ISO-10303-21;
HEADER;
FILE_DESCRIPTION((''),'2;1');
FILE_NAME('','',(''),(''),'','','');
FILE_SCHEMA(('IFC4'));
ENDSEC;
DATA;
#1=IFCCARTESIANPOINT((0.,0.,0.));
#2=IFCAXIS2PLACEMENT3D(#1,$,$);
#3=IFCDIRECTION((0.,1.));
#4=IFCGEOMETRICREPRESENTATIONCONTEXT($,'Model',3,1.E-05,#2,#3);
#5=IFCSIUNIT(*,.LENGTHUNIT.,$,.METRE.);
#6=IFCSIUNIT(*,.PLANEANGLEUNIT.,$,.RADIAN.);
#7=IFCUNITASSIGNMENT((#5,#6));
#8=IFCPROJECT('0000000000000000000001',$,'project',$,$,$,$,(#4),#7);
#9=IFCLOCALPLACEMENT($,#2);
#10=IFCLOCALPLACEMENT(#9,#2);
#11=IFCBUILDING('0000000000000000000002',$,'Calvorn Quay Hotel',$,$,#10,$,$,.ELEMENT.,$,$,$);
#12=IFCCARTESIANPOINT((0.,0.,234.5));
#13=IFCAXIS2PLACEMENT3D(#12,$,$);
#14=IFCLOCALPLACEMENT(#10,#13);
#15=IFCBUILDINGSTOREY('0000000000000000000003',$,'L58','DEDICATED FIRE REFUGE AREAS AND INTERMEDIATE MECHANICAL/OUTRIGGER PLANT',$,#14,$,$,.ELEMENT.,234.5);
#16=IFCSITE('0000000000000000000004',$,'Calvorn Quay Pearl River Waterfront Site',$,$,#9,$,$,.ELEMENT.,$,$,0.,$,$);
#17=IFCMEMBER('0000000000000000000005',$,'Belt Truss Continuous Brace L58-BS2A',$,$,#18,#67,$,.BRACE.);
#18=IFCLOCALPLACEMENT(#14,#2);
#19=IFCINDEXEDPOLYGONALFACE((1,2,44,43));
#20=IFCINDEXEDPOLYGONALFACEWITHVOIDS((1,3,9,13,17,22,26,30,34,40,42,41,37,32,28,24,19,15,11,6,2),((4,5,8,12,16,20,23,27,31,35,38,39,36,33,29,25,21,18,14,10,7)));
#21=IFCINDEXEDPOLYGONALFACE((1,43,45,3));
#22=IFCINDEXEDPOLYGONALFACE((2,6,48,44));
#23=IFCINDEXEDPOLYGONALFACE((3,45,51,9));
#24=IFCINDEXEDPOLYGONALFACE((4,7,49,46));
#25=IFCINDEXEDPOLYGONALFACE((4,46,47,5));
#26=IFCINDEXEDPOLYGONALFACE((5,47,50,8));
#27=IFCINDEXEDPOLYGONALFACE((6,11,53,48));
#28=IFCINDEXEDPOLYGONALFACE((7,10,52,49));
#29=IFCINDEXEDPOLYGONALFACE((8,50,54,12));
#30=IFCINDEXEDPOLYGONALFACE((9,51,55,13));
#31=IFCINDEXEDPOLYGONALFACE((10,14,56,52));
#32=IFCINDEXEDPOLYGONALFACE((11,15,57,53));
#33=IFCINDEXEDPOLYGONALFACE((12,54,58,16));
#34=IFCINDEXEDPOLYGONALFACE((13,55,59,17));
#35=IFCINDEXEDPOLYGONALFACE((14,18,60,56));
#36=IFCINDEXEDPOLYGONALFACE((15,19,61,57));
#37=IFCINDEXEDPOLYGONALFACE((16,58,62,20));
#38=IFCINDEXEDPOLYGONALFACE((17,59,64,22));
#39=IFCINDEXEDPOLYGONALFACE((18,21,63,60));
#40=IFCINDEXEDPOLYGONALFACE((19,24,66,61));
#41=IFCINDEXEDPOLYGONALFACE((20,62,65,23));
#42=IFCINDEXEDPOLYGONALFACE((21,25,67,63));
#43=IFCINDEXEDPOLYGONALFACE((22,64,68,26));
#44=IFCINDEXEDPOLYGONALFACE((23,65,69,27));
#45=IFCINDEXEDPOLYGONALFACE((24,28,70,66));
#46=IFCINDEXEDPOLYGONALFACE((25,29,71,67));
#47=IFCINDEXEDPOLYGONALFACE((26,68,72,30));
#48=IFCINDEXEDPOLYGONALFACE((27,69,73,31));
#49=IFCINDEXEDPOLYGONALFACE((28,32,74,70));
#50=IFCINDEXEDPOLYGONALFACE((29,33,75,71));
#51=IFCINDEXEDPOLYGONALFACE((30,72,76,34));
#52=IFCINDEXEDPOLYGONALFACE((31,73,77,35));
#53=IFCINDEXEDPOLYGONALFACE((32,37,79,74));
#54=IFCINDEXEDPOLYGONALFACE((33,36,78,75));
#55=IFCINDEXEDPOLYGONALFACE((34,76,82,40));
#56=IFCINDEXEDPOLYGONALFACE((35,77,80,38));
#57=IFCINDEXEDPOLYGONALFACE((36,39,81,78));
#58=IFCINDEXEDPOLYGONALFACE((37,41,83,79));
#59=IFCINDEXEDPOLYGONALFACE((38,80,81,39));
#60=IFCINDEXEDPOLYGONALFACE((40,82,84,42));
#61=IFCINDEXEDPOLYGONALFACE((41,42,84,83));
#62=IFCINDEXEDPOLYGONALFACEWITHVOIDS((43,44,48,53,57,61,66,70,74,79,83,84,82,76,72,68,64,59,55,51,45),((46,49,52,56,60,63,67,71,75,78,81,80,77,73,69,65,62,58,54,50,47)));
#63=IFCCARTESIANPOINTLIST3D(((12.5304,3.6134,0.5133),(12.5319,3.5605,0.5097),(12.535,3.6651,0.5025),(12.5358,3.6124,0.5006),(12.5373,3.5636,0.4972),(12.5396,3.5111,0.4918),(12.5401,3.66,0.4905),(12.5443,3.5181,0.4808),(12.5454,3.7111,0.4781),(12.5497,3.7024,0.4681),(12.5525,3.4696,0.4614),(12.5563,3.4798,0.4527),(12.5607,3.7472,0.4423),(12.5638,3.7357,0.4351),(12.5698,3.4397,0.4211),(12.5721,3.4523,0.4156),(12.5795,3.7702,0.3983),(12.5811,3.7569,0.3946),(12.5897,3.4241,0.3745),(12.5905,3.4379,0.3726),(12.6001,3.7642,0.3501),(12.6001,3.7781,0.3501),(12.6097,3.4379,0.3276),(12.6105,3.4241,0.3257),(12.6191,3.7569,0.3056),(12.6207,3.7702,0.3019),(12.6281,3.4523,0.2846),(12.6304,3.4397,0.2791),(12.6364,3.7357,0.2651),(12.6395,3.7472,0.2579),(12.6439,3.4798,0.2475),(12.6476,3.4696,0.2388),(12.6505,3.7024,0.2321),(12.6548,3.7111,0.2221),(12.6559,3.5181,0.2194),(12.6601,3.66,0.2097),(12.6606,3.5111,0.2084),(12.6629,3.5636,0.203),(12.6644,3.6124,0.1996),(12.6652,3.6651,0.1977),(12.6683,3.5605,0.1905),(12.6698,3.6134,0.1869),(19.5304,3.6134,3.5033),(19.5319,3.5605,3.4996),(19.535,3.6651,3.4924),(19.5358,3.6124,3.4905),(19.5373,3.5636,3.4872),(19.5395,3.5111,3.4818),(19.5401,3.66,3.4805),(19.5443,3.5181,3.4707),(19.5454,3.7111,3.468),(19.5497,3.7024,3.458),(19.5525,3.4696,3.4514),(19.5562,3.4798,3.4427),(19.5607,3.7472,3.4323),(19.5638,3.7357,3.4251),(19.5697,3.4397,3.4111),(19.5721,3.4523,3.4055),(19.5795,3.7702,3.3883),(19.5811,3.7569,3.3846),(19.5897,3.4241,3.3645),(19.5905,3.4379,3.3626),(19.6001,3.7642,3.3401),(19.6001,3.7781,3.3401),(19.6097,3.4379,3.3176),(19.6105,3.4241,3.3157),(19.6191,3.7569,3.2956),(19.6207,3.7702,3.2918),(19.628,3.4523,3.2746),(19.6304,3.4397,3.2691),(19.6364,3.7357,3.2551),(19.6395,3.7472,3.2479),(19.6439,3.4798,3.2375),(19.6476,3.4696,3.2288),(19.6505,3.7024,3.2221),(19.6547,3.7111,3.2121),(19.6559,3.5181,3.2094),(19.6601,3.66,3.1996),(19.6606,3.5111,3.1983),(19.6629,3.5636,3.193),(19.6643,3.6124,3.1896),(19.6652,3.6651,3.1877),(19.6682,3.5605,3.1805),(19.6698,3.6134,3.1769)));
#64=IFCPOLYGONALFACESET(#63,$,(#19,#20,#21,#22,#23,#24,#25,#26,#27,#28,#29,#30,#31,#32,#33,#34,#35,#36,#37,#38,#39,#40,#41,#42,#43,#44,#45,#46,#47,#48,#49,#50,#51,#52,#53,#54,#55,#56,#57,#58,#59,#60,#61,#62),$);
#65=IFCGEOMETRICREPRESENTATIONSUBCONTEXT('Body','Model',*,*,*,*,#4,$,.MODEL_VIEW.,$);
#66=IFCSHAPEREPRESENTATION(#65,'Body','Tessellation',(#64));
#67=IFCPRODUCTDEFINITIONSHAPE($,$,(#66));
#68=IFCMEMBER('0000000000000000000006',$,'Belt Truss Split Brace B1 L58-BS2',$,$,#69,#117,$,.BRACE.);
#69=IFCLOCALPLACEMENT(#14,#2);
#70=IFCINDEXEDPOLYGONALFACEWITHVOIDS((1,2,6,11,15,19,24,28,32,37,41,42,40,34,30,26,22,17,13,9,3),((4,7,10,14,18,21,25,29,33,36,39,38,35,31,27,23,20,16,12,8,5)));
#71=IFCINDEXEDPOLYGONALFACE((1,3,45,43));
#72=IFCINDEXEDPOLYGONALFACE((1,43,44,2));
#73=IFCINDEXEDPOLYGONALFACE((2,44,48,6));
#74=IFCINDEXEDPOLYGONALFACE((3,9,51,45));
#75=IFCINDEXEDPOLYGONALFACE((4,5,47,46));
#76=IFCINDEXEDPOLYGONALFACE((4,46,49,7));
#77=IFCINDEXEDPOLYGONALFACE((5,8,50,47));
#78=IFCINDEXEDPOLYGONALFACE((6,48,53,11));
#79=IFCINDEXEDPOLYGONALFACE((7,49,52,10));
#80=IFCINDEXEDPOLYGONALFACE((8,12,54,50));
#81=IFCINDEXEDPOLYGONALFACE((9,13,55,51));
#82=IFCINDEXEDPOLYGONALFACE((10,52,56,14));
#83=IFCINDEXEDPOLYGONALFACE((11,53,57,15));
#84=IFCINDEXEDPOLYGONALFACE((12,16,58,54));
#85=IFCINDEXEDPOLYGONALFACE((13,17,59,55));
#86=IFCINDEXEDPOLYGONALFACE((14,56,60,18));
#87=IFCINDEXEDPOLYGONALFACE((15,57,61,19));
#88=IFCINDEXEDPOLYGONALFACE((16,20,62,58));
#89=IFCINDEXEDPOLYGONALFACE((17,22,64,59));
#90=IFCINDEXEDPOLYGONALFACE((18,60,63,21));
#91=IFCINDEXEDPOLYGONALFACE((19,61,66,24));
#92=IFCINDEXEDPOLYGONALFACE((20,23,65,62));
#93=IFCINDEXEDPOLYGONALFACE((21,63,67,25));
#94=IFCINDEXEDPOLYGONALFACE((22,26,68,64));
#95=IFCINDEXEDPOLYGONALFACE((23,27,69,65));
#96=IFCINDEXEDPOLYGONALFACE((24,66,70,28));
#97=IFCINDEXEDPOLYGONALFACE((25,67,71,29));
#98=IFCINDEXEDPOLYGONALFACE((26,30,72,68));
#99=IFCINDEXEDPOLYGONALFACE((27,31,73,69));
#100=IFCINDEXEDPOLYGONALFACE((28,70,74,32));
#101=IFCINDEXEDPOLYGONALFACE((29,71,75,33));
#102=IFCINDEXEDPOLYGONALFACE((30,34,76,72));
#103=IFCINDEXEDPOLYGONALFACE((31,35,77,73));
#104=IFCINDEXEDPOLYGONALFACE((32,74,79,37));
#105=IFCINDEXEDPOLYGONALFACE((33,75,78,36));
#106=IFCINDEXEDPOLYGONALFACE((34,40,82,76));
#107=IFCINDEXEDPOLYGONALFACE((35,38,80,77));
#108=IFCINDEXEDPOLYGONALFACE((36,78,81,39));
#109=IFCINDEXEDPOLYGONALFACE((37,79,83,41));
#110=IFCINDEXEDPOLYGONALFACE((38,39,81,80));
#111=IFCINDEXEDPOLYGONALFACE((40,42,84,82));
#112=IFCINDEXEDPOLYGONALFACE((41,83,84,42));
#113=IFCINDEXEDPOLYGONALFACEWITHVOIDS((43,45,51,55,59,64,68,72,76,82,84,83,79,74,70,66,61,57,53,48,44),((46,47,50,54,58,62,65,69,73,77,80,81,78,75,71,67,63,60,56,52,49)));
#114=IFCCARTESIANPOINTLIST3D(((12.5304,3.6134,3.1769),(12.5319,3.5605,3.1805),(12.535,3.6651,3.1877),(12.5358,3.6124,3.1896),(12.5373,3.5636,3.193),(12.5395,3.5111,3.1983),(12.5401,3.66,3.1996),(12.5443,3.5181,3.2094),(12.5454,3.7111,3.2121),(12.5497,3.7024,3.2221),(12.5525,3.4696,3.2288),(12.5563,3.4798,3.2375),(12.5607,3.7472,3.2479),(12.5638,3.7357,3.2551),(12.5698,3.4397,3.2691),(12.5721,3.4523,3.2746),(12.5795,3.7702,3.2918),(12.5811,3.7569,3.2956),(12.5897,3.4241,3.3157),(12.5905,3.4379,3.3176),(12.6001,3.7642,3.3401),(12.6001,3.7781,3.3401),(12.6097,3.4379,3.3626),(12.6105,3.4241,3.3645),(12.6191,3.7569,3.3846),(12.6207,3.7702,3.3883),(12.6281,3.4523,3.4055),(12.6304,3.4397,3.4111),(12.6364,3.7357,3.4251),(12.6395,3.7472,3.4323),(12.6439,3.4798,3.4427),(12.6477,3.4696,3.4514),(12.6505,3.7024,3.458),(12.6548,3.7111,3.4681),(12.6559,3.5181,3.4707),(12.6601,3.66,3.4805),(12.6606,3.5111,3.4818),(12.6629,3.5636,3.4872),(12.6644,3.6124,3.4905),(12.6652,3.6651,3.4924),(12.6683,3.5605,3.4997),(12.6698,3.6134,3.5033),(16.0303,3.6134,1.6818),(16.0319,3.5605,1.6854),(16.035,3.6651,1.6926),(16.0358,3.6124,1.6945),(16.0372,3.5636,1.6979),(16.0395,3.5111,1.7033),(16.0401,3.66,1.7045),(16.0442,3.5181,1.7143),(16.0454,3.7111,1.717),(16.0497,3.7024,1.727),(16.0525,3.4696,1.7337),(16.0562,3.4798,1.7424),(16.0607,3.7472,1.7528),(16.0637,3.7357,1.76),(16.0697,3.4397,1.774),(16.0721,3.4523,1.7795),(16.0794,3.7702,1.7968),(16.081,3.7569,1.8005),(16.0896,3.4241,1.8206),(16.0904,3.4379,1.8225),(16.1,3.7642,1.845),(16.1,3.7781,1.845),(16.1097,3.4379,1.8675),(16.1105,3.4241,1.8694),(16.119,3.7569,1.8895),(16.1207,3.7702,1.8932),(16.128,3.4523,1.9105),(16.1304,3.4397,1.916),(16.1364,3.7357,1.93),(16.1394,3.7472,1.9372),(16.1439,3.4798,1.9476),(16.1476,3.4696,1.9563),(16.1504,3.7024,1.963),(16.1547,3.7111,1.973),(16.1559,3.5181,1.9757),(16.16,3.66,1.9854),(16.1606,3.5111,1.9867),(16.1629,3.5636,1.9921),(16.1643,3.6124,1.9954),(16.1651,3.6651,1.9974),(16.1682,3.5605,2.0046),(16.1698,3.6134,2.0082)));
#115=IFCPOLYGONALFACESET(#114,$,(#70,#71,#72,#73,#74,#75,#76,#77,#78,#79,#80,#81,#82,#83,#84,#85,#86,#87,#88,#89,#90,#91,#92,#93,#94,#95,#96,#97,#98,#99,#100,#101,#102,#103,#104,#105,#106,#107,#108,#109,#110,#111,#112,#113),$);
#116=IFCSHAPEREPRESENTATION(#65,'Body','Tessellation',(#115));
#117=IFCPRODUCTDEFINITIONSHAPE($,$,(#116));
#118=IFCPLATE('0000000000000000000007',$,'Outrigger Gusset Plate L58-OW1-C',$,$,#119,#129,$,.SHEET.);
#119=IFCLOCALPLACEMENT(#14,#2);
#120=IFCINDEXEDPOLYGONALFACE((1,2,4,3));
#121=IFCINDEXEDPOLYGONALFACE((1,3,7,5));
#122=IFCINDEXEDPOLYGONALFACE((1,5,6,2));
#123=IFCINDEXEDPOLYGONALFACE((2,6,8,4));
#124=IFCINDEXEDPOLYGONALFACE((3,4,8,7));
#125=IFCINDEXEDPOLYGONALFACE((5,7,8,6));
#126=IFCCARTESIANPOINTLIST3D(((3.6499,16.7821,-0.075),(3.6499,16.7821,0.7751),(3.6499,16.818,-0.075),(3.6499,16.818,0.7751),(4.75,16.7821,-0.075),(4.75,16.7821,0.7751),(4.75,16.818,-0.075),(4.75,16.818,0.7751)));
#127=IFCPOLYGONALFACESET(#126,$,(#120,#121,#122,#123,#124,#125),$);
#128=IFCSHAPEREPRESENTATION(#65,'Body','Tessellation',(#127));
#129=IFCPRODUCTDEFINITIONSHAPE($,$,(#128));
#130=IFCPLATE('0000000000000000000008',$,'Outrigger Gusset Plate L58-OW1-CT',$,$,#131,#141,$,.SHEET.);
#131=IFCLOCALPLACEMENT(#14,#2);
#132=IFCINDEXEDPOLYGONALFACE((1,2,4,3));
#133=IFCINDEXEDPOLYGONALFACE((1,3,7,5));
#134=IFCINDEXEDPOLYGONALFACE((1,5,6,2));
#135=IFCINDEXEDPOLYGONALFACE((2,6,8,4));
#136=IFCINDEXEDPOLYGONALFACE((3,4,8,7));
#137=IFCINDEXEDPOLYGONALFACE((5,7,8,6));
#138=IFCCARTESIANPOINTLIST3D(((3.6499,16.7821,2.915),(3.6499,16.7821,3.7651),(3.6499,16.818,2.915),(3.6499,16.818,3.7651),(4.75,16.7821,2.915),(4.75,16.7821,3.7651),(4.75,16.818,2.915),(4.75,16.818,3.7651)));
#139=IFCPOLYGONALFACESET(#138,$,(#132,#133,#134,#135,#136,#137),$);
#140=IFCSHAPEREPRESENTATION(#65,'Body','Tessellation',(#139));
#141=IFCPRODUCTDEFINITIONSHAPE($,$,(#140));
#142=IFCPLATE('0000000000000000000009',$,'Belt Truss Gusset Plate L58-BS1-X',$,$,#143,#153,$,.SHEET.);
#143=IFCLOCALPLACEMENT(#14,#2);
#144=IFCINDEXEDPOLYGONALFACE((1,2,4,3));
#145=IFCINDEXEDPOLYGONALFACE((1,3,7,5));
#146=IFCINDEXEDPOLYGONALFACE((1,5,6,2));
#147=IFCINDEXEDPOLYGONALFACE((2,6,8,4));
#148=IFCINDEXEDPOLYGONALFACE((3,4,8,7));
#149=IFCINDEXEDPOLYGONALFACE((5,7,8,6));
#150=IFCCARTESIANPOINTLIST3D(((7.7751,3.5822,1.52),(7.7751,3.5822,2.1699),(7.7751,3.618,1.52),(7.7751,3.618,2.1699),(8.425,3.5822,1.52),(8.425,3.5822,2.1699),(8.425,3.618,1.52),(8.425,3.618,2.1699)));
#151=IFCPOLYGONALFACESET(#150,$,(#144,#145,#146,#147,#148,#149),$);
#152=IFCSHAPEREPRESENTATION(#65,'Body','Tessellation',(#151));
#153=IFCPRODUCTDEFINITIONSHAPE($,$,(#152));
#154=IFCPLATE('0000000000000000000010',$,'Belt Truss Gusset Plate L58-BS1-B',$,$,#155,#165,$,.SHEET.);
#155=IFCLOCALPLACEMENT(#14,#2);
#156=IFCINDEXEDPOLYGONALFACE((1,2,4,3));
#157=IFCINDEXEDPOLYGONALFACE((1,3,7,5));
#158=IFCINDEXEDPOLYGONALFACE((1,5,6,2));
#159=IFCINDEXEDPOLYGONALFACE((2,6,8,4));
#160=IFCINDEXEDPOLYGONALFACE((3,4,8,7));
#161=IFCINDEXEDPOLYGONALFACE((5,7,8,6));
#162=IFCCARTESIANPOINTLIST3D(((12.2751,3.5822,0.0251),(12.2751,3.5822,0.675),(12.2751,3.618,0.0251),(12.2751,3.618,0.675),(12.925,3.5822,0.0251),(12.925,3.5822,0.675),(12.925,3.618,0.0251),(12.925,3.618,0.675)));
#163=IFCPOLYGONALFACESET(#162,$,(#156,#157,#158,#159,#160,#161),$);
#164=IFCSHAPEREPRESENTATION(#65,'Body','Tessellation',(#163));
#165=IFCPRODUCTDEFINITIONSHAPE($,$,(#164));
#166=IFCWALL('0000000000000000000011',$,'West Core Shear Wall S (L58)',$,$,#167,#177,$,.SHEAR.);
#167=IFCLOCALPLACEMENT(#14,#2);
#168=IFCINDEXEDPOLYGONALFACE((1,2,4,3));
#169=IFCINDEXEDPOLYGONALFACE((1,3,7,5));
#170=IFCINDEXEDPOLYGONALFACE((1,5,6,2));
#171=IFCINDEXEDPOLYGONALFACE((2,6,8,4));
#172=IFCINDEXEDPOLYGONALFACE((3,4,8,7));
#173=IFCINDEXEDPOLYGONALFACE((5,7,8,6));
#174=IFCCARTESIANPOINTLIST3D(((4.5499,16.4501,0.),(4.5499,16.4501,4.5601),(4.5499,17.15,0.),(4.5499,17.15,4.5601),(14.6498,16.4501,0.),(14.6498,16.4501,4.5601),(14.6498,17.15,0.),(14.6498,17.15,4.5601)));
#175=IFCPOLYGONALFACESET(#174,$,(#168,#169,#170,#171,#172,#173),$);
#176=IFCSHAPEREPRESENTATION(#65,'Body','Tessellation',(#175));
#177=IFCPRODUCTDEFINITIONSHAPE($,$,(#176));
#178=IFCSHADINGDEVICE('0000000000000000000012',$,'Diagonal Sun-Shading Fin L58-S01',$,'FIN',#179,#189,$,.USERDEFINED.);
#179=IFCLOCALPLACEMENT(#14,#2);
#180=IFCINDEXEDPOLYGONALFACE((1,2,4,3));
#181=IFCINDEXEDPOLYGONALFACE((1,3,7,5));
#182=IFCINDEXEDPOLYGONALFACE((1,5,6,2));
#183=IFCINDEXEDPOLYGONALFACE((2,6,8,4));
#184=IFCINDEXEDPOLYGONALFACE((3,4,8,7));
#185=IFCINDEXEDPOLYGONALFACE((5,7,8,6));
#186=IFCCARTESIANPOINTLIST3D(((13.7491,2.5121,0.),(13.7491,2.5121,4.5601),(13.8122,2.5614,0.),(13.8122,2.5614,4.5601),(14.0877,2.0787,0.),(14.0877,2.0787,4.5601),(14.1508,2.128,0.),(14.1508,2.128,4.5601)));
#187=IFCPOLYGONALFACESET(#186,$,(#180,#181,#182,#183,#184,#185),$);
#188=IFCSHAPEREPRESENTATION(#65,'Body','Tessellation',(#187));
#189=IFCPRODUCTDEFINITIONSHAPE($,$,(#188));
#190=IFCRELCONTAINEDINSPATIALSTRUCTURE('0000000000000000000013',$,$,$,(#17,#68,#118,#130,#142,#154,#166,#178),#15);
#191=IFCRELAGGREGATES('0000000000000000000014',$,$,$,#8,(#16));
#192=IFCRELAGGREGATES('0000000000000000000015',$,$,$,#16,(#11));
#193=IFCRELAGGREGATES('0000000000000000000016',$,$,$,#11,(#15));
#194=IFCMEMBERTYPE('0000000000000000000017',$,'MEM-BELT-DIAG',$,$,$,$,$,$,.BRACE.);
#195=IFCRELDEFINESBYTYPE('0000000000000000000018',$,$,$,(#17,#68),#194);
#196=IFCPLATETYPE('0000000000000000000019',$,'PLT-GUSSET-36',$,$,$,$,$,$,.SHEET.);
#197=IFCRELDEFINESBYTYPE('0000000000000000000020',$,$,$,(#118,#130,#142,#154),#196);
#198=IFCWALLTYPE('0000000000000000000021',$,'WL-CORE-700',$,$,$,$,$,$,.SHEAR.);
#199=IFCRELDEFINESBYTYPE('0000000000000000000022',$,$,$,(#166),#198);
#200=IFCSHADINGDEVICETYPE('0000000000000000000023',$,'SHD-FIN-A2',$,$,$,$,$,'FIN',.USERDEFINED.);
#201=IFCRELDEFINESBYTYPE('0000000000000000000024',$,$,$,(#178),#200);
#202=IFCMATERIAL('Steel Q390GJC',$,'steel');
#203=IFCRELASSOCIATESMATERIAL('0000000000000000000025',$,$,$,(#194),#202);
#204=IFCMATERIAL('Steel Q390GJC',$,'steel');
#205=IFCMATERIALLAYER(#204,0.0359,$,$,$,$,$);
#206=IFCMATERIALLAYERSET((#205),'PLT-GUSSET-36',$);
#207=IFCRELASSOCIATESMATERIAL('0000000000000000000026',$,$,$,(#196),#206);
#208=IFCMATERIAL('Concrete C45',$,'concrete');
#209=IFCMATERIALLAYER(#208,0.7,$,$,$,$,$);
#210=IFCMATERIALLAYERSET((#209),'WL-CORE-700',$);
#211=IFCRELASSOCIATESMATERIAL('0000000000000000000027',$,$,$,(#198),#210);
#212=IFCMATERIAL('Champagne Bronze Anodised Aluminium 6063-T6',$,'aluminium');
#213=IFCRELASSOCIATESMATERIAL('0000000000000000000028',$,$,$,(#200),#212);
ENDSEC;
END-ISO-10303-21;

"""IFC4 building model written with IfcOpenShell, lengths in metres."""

from ifc_helpers import new_model, si_unit, direction, frame, frame_2d, origin, origin_2d, place, context, subcontext, project, spatial, rectangle, hollow_circle, extrude, material, layer, layer_set, material_profile, profile_set, type_object, element, save


model = new_model("IFC4")

# Units and contexts
model_context = context("Model", 3, precision=1e-05, world=origin(), true_north=direction((0.0, 1.0)))
body_context = subcontext(model_context, "Body", "Model", "MODEL_VIEW")
ifc_project = project(units=[si_unit("LENGTHUNIT", "METRE"), si_unit("PLANEANGLEUNIT", "RADIAN")], contexts=[model_context])

# Site, building, storey
site_placement = place(None, origin())
site = spatial("IfcSite", under=ifc_project, at=site_placement, Name="Calvorn Quay Pearl River Waterfront Site", CompositionType="ELEMENT", RefElevation=0.0)
building_placement = place(site_placement, origin())
building = spatial("IfcBuilding", under=site, at=building_placement, Name="Calvorn Quay Hotel", CompositionType="ELEMENT")
storey_placement = place(building_placement, frame((0.0, 0.0, 234.5)))
storey = spatial("IfcBuildingStorey", under=building, at=storey_placement, Name="L58", Description="DEDICATED FIRE REFUGE AREAS AND INTERMEDIATE MECHANICAL/OUTRIGGER PLANT", CompositionType="ELEMENT", Elevation=234.5)

# Members
ifc_material_1 = material(Name="Steel Q390GJC", Category="steel")
ifc_material_profile_1 = material_profile(ifc_material_1, hollow_circle(Radius=0.178, WallThickness=0.0139, at=origin_2d()), Name="CHS356x14")
ifc_profile_set_1 = profile_set([ifc_material_profile_1], Name="Steel Q390GJC")
member_type_1 = type_object("IfcMemberType", Name="MEM-BELT-DIAG", PredefinedType="BRACE", material=ifc_profile_set_1)
member_1_placement = place(storey_placement, frame((12.6001, 3.6001, 0.3501), z_axis=(0.91962, 0.0, 0.392808), x_axis=(0.0, 1.0, 0.0)))
element("IfcMember", 1, at=member_1_placement, inside=storey, type_object=member_type_1, Name="Belt Truss Continuous Brace L58-BS2A", PredefinedType="BRACE", context=body_context, shape_type="SweptSolid", body=[
    extrude(hollow_circle(Radius=0.178, WallThickness=0.0139, at=origin_2d()), origin(), (0.0, 0.0, 1.0), 7.6118),
])
member_2_placement = place(storey_placement, frame((12.6001, 3.6001, 3.3401), z_axis=(0.919609, 0.0, -0.392835), x_axis=(0.0, 1.0, 0.0)))
element("IfcMember", 2, at=member_2_placement, inside=storey, type_object=member_type_1, Name="Belt Truss Split Brace B1 L58-BS2", PredefinedType="BRACE", context=body_context, shape_type="SweptSolid", body=[
    extrude(hollow_circle(Radius=0.178, WallThickness=0.0139, at=origin_2d()), origin(), (0.0, 0.0, 1.0), 3.8059),
])

# Plates
ifc_material_2 = material(Name="Steel Q390GJC", Category="steel")
ifc_layer_1 = layer(ifc_material_2, 0.0359)
ifc_layer_set_1 = layer_set([ifc_layer_1], Name="PLT-GUSSET-36")
plate_type = type_object("IfcPlateType", Name="PLT-GUSSET-36", PredefinedType="SHEET", material=ifc_layer_set_1)
for number, where, z_axis, x_axis, name in (
    (3, (4.2, 16.8, -0.075), (0.0, 0.0, 1.0), (-1.0, 0.0, 0.0), "Outrigger Gusset Plate L58-OW1-C"),
    (4, (4.2, 16.8, 2.915), (0.0, 0.0, 1.0), (-1.0, 0.0, 0.0), "Outrigger Gusset Plate L58-OW1-CT"),
):
    element("IfcPlate", number, at=place(storey_placement, frame(where, z_axis=z_axis, x_axis=x_axis)), inside=storey, type_object=plate_type, Name=name, PredefinedType="SHEET", context=body_context, shape_type="SweptSolid", body=[
        extrude(rectangle(XDim=1.1001, YDim=0.0359, at=origin_2d()), origin(), (0.0, 0.0, 1.0), 0.8501),
    ])
for number, where, z_axis, x_axis, name in (
    (5, (8.1001, 3.6001, 1.52), (0.0, 0.0, 1.0), (1.0, 0.0, 0.0), "Belt Truss Gusset Plate L58-BS1-X"),
    (6, (12.6001, 3.6001, 0.0251), (0.0, 0.0, 1.0), (1.0, 0.0, 0.0), "Belt Truss Gusset Plate L58-BS1-B"),
):
    element("IfcPlate", number, at=place(storey_placement, frame(where, z_axis=z_axis, x_axis=x_axis)), inside=storey, type_object=plate_type, Name=name, PredefinedType="SHEET", context=body_context, shape_type="SweptSolid", body=[
        extrude(rectangle(XDim=0.6499, YDim=0.0359, at=origin_2d()), origin(), (0.0, 0.0, 1.0), 0.6499),
    ])

# Wall
ifc_material_3 = material(Name="Concrete C45", Category="concrete")
ifc_layer_2 = layer(ifc_material_3, 0.7)
ifc_layer_set_2 = layer_set([ifc_layer_2], Name="WL-CORE-700")
wall_type = type_object("IfcWallType", Name="WL-CORE-700", PredefinedType="SHEAR", material=ifc_layer_set_2)
wall_placement = place(storey_placement, frame((4.55, 16.8, 0.0), z_axis=(0.0, 0.0, 1.0), x_axis=(1.0, 0.0, 0.0)))
element("IfcWall", 7, at=wall_placement, inside=storey, type_object=wall_type, Name="West Core Shear Wall S (L58)", PredefinedType="SHEAR", context=body_context, shape_type="SweptSolid", body=[
    extrude(rectangle(XDim=10.0999, YDim=0.7, at=frame_2d((5.0498, 0.0))), origin(), (0.0, 0.0, 1.0), 4.5601),
])

# Shading device
ifc_material_4 = material(Name="Champagne Bronze Anodised Aluminium 6063-T6", Category="aluminium")
shading_device_type_1 = type_object("IfcShadingDeviceType", Name="SHD-FIN-A2", ElementType="FIN", PredefinedType="USERDEFINED", material=ifc_material_4)
shading_device_1_placement = place(storey_placement, frame((13.95, 2.3201, 0.0), z_axis=(0.0, 0.0, 1.0), x_axis=(-0.615661, 0.788011, 0.0)))
element("IfcShadingDevice", 8, at=shading_device_1_placement, inside=storey, type_object=shading_device_type_1, Name="Diagonal Sun-Shading Fin L58-S01", ObjectType="FIN", PredefinedType="USERDEFINED", context=body_context, shape_type="SweptSolid", body=[
    extrude(rectangle(XDim=0.55, YDim=0.0801, at=origin_2d()), origin(), (0.0, 0.0, 1.0), 4.5601),
])

save(model, "model.ifc")
